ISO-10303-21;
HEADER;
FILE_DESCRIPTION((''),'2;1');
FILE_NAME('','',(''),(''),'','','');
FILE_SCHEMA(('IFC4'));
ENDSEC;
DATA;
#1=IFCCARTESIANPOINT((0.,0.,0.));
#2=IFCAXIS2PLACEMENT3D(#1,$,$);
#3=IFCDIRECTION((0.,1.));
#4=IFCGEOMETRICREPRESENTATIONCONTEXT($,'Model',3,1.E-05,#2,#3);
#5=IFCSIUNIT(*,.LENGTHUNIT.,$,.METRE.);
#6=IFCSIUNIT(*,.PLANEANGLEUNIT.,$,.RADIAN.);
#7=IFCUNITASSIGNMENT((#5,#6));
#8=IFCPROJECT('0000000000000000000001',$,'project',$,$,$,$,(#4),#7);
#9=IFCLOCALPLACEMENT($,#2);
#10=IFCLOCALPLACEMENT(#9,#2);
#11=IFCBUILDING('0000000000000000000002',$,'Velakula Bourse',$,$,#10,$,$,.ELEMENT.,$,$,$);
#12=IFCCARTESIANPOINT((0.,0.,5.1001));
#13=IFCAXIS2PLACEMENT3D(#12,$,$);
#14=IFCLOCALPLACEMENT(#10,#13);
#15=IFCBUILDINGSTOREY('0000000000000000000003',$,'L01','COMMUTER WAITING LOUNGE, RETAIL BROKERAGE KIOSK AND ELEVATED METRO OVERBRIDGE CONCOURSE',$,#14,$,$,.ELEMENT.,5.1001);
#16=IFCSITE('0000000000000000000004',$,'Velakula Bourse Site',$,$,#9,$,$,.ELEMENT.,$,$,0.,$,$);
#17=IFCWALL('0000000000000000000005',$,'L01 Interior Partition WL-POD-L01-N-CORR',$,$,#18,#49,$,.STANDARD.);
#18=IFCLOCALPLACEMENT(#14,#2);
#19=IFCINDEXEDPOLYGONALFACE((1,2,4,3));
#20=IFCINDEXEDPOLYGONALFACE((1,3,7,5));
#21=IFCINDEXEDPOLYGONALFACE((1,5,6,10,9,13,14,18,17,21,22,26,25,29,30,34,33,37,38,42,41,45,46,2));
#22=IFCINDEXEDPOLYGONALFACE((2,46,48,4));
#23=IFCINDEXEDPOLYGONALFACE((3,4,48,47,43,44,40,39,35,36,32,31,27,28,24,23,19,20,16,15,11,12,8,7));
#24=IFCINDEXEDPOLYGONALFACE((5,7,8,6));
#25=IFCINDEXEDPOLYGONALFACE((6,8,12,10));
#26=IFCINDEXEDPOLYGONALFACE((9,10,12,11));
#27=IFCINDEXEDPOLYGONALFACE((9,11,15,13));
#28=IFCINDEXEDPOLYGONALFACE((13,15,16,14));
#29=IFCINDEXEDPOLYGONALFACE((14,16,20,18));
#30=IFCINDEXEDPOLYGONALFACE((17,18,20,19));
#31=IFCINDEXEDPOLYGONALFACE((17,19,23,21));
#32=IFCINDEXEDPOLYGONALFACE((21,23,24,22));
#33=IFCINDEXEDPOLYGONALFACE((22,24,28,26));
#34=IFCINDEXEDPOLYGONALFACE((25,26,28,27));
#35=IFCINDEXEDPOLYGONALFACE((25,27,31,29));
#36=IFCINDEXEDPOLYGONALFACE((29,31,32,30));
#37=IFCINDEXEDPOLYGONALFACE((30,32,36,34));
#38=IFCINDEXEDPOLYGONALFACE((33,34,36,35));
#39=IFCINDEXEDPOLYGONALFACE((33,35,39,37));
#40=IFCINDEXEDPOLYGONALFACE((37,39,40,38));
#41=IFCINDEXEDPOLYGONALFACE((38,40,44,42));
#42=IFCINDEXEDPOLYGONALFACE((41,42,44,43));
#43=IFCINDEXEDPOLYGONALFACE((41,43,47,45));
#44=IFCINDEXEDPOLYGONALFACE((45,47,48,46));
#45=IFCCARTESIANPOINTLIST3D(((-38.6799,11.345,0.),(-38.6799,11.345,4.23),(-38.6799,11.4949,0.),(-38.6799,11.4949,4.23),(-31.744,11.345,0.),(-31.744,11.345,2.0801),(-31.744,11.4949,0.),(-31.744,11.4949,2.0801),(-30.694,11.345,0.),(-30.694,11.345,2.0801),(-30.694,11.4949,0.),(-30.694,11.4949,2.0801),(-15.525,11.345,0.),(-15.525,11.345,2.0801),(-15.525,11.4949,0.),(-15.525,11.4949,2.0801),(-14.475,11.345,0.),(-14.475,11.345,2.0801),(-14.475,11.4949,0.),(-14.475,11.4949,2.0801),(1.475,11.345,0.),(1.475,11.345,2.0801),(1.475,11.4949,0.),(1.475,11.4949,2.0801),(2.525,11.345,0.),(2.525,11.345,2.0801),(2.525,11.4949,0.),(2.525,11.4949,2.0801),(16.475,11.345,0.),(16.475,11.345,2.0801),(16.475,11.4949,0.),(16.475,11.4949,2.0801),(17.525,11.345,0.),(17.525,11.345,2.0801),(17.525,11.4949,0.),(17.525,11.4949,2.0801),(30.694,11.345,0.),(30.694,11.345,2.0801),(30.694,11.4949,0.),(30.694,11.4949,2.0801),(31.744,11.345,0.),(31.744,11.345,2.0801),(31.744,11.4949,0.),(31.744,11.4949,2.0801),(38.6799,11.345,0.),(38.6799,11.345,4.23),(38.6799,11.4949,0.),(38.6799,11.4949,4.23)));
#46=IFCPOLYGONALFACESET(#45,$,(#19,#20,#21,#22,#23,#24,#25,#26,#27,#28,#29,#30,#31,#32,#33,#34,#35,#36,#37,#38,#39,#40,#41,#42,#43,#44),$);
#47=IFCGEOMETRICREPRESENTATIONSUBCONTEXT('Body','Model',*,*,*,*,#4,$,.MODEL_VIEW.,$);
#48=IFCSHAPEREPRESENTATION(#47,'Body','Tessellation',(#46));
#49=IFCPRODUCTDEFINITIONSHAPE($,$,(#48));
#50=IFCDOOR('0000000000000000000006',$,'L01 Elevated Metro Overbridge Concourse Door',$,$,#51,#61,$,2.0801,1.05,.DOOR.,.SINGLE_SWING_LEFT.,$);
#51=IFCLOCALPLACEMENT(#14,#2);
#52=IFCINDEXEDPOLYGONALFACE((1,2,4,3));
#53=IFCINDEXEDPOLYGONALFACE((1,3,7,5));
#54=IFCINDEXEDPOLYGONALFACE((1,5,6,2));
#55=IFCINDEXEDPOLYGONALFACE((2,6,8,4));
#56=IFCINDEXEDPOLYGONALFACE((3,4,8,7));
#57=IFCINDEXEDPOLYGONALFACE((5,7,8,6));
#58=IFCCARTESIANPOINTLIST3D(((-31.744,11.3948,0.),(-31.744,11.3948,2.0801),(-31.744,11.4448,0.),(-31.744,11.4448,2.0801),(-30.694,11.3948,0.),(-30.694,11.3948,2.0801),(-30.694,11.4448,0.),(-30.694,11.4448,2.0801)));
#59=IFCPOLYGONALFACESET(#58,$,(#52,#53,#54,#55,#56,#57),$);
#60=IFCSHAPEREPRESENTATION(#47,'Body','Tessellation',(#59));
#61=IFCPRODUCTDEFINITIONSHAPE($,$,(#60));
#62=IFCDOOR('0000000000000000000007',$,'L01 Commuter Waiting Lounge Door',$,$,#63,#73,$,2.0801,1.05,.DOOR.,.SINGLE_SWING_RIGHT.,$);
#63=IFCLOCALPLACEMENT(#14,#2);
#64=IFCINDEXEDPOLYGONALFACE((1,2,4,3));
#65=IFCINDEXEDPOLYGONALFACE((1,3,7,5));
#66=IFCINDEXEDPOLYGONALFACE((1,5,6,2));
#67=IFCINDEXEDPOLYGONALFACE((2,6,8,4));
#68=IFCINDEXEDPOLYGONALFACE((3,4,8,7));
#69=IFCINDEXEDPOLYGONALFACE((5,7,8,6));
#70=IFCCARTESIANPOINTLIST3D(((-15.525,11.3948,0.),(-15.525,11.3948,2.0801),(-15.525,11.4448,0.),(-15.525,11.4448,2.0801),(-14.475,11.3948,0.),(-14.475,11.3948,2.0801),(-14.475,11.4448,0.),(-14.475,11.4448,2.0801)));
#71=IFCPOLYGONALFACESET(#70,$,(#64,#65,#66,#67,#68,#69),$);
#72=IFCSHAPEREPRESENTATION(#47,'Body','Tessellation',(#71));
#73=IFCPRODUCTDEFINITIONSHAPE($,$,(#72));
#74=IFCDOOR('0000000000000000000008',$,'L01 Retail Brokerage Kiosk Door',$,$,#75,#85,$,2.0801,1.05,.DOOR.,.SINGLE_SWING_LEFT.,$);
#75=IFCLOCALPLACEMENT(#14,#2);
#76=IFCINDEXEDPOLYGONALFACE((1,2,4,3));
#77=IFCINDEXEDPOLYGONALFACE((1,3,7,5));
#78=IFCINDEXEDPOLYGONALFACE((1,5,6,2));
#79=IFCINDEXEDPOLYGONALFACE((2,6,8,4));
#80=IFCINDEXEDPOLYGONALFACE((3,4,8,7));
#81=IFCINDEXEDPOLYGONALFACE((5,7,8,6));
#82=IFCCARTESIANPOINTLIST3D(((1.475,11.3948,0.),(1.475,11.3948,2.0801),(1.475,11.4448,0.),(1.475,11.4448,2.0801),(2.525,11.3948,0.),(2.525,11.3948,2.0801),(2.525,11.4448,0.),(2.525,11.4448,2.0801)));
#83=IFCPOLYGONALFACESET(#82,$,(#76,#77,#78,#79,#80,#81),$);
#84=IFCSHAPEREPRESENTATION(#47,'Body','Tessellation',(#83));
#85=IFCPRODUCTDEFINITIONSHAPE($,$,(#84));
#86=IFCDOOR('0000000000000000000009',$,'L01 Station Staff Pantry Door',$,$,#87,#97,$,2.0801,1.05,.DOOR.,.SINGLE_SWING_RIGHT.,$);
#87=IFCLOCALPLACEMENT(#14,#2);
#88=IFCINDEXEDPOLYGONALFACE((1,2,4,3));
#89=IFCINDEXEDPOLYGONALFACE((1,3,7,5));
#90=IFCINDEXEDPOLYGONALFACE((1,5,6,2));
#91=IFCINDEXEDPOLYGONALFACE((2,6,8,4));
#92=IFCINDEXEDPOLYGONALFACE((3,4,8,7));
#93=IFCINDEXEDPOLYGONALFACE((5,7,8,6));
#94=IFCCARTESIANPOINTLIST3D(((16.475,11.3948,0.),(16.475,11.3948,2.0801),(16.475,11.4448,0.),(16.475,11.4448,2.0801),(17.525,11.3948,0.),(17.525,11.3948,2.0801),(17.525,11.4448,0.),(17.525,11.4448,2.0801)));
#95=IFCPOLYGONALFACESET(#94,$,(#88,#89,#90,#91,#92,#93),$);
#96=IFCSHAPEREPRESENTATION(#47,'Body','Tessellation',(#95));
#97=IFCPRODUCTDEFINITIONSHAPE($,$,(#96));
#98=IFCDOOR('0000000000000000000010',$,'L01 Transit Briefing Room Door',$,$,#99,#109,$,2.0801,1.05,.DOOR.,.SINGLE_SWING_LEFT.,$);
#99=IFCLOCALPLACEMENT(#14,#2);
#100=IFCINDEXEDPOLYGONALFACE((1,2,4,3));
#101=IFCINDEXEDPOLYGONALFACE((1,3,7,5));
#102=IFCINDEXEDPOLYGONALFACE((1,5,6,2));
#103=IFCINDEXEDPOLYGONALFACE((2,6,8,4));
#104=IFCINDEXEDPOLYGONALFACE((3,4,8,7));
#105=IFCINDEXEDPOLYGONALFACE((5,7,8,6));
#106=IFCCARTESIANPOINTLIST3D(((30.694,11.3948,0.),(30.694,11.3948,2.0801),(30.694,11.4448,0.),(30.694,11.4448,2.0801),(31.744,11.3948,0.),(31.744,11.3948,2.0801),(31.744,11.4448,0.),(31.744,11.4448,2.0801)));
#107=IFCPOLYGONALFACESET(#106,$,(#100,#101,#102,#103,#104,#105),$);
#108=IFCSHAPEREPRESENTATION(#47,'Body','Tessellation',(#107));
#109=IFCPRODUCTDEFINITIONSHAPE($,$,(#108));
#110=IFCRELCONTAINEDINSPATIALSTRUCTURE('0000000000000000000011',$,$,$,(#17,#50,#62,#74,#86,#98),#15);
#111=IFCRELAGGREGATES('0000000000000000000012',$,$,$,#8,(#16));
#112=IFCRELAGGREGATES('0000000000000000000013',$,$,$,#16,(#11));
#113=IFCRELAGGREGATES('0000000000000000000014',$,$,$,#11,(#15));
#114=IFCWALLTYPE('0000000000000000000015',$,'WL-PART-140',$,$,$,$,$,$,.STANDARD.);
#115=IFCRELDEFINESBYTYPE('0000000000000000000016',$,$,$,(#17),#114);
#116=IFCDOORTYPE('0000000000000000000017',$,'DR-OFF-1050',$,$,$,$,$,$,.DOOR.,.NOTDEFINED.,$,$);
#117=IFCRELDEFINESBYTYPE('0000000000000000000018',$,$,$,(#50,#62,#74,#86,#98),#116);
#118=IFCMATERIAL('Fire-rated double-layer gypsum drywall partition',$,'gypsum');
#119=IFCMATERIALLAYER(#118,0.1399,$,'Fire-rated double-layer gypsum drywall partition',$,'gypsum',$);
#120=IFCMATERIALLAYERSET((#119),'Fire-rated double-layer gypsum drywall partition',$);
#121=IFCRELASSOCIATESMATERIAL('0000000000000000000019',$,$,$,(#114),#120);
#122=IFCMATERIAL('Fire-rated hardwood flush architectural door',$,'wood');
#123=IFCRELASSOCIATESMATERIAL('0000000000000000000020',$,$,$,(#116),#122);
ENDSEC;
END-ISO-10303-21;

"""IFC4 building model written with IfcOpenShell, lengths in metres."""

from ifc_helpers import new_model, si_unit, direction, frame, frame_2d, origin, place, context, subcontext, project, spatial, rectangle, extrude, material, layer, layer_set, type_object, element, fill, save


model = new_model("IFC4")

# Units and contexts
model_context = context("Model", 3, precision=1e-05, world=origin(), true_north=direction((0.0, 1.0)))
body_context = subcontext(model_context, "Body", "Model", "MODEL_VIEW")
ifc_project = project(units=[si_unit("LENGTHUNIT", "METRE"), si_unit("PLANEANGLEUNIT", "RADIAN")], contexts=[model_context])

# Site, building, storey
site_placement = place(None, origin())
site = spatial("IfcSite", under=ifc_project, at=site_placement, Name="Velakula Bourse Site", CompositionType="ELEMENT", RefElevation=0.0)
building_placement = place(site_placement, origin())
building = spatial("IfcBuilding", under=site, at=building_placement, Name="Velakula Bourse", CompositionType="ELEMENT")
storey_placement = place(building_placement, frame((0.0, 0.0, 5.1001)))
storey = spatial("IfcBuildingStorey", under=building, at=storey_placement, Name="L01", Description="COMMUTER WAITING LOUNGE, RETAIL BROKERAGE KIOSK AND ELEVATED METRO OVERBRIDGE CONCOURSE", CompositionType="ELEMENT", Elevation=5.1001)

# Wall, openings, doors
ifc_material_1 = material(Name="Fire-rated double-layer gypsum drywall partition", Category="gypsum")
ifc_layer = layer(ifc_material_1, 0.1399, Name="Fire-rated double-layer gypsum drywall partition", Category="gypsum")
ifc_layer_set = layer_set([ifc_layer], Name="Fire-rated double-layer gypsum drywall partition")
wall_type = type_object("IfcWallType", Name="WL-PART-140", PredefinedType="STANDARD", material=ifc_layer_set)
wall_placement = place(storey_placement, frame((-38.6799, 11.4199, 0.0), z_axis=(0.0, 0.0, 1.0), x_axis=(1.0, 0.0, 0.0)))
wall = element("IfcWall", 1, at=wall_placement, inside=storey, type_object=wall_type, Name="L01 Interior Partition WL-POD-L01-N-CORR", PredefinedType="STANDARD", context=body_context, shape_type="SweptSolid", body=[
    extrude(rectangle(XDim=77.3599, YDim=0.1499, at=frame_2d((38.6799, 0.0))), origin(), (0.0, 0.0, 1.0), 4.23),
])
opening_1_placement = place(wall_placement, frame((6.936, 0.0, 0.0)))
opening_1 = element("IfcOpeningElement", 2, at=opening_1_placement, cuts=wall, PredefinedType="OPENING", context=body_context, shape_type="SweptSolid", body=[
    extrude(rectangle(XDim=1.05, YDim=2.0801, at=frame_2d((0.5249, 1.04))), frame((0.0, 0.085, 0.0), z_axis=(0.0, -1.0, 0.0), x_axis=(1.0, 0.0, 0.0)), (0.0, 0.0, 1.0), 0.1699),
])
opening_2_placement = place(wall_placement, frame((23.155, 0.0, 0.0)))
opening_2 = element("IfcOpeningElement", 3, at=opening_2_placement, cuts=wall, PredefinedType="OPENING", context=body_context, shape_type="SweptSolid", body=[
    extrude(rectangle(XDim=1.05, YDim=2.0801, at=frame_2d((0.5249, 1.04))), frame((0.0, 0.085, 0.0), z_axis=(0.0, -1.0, 0.0), x_axis=(1.0, 0.0, 0.0)), (0.0, 0.0, 1.0), 0.1699),
])
opening_3_placement = place(wall_placement, frame((40.155, 0.0, 0.0)))
opening_3 = element("IfcOpeningElement", 4, at=opening_3_placement, cuts=wall, PredefinedType="OPENING", context=body_context, shape_type="SweptSolid", body=[
    extrude(rectangle(XDim=1.05, YDim=2.0801, at=frame_2d((0.5249, 1.04))), frame((0.0, 0.085, 0.0), z_axis=(0.0, -1.0, 0.0), x_axis=(1.0, 0.0, 0.0)), (0.0, 0.0, 1.0), 0.1699),
])
opening_4_placement = place(wall_placement, frame((55.155, 0.0, 0.0)))
opening_4 = element("IfcOpeningElement", 5, at=opening_4_placement, cuts=wall, PredefinedType="OPENING", context=body_context, shape_type="SweptSolid", body=[
    extrude(rectangle(XDim=1.05, YDim=2.0801, at=frame_2d((0.5249, 1.04))), frame((0.0, 0.085, 0.0), z_axis=(0.0, -1.0, 0.0), x_axis=(1.0, 0.0, 0.0)), (0.0, 0.0, 1.0), 0.1699),
])
opening_5_placement = place(wall_placement, frame((69.374, 0.0, 0.0)))
opening_5 = element("IfcOpeningElement", 6, at=opening_5_placement, cuts=wall, PredefinedType="OPENING", context=body_context, shape_type="SweptSolid", body=[
    extrude(rectangle(XDim=1.05, YDim=2.0801, at=frame_2d((0.5249, 1.04))), frame((0.0, 0.085, 0.0), z_axis=(0.0, -1.0, 0.0), x_axis=(1.0, 0.0, 0.0)), (0.0, 0.0, 1.0), 0.1699),
])
ifc_material_2 = material(Name="Fire-rated hardwood flush architectural door", Category="wood")
door_type = type_object("IfcDoorType", Name="DR-OFF-1050", OperationType="NOTDEFINED", PredefinedType="DOOR", material=ifc_material_2)
door_1_placement = place(opening_1_placement, origin())
door_1 = element("IfcDoor", 7, at=door_1_placement, inside=storey, type_object=door_type, Name="L01 Elevated Metro Overbridge Concourse Door", OperationType="SINGLE_SWING_LEFT", OverallHeight=2.0801, OverallWidth=1.05, PredefinedType="DOOR", context=body_context, shape_type="SweptSolid", body=[
    extrude(rectangle(XDim=1.05, YDim=2.0801, at=frame_2d((0.5249, 1.04))), frame((0.0, 0.0249, 0.0), z_axis=(0.0, -1.0, 0.0), x_axis=(1.0, 0.0, 0.0)), (0.0, 0.0, 1.0), 0.05),
])
fill(opening_1, door_1)
door_2_placement = place(opening_2_placement, origin())
door_2 = element("IfcDoor", 8, at=door_2_placement, inside=storey, type_object=door_type, Name="L01 Commuter Waiting Lounge Door", OperationType="SINGLE_SWING_RIGHT", OverallHeight=2.0801, OverallWidth=1.05, PredefinedType="DOOR", context=body_context, shape_type="SweptSolid", body=[
    extrude(rectangle(XDim=1.05, YDim=2.0801, at=frame_2d((0.5249, 1.04))), frame((0.0, 0.0249, 0.0), z_axis=(0.0, -1.0, 0.0), x_axis=(1.0, 0.0, 0.0)), (0.0, 0.0, 1.0), 0.05),
])
fill(opening_2, door_2)
door_3_placement = place(opening_3_placement, origin())
door_3 = element("IfcDoor", 9, at=door_3_placement, inside=storey, type_object=door_type, Name="L01 Retail Brokerage Kiosk Door", OperationType="SINGLE_SWING_LEFT", OverallHeight=2.0801, OverallWidth=1.05, PredefinedType="DOOR", context=body_context, shape_type="SweptSolid", body=[
    extrude(rectangle(XDim=1.05, YDim=2.0801, at=frame_2d((0.5249, 1.04))), frame((0.0, 0.0249, 0.0), z_axis=(0.0, -1.0, 0.0), x_axis=(1.0, 0.0, 0.0)), (0.0, 0.0, 1.0), 0.05),
])
fill(opening_3, door_3)
door_4_placement = place(opening_4_placement, origin())
door_4 = element("IfcDoor", 10, at=door_4_placement, inside=storey, type_object=door_type, Name="L01 Station Staff Pantry Door", OperationType="SINGLE_SWING_RIGHT", OverallHeight=2.0801, OverallWidth=1.05, PredefinedType="DOOR", context=body_context, shape_type="SweptSolid", body=[
    extrude(rectangle(XDim=1.05, YDim=2.0801, at=frame_2d((0.5249, 1.04))), frame((0.0, 0.0249, 0.0), z_axis=(0.0, -1.0, 0.0), x_axis=(1.0, 0.0, 0.0)), (0.0, 0.0, 1.0), 0.05),
])
fill(opening_4, door_4)
door_5_placement = place(opening_5_placement, origin())
door_5 = element("IfcDoor", 11, at=door_5_placement, inside=storey, type_object=door_type, Name="L01 Transit Briefing Room Door", OperationType="SINGLE_SWING_LEFT", OverallHeight=2.0801, OverallWidth=1.05, PredefinedType="DOOR", context=body_context, shape_type="SweptSolid", body=[
    extrude(rectangle(XDim=1.05, YDim=2.0801, at=frame_2d((0.5249, 1.04))), frame((0.0, 0.0249, 0.0), z_axis=(0.0, -1.0, 0.0), x_axis=(1.0, 0.0, 0.0)), (0.0, 0.0, 1.0), 0.05),
])
fill(opening_5, door_5)

save(model, "model.ifc")
